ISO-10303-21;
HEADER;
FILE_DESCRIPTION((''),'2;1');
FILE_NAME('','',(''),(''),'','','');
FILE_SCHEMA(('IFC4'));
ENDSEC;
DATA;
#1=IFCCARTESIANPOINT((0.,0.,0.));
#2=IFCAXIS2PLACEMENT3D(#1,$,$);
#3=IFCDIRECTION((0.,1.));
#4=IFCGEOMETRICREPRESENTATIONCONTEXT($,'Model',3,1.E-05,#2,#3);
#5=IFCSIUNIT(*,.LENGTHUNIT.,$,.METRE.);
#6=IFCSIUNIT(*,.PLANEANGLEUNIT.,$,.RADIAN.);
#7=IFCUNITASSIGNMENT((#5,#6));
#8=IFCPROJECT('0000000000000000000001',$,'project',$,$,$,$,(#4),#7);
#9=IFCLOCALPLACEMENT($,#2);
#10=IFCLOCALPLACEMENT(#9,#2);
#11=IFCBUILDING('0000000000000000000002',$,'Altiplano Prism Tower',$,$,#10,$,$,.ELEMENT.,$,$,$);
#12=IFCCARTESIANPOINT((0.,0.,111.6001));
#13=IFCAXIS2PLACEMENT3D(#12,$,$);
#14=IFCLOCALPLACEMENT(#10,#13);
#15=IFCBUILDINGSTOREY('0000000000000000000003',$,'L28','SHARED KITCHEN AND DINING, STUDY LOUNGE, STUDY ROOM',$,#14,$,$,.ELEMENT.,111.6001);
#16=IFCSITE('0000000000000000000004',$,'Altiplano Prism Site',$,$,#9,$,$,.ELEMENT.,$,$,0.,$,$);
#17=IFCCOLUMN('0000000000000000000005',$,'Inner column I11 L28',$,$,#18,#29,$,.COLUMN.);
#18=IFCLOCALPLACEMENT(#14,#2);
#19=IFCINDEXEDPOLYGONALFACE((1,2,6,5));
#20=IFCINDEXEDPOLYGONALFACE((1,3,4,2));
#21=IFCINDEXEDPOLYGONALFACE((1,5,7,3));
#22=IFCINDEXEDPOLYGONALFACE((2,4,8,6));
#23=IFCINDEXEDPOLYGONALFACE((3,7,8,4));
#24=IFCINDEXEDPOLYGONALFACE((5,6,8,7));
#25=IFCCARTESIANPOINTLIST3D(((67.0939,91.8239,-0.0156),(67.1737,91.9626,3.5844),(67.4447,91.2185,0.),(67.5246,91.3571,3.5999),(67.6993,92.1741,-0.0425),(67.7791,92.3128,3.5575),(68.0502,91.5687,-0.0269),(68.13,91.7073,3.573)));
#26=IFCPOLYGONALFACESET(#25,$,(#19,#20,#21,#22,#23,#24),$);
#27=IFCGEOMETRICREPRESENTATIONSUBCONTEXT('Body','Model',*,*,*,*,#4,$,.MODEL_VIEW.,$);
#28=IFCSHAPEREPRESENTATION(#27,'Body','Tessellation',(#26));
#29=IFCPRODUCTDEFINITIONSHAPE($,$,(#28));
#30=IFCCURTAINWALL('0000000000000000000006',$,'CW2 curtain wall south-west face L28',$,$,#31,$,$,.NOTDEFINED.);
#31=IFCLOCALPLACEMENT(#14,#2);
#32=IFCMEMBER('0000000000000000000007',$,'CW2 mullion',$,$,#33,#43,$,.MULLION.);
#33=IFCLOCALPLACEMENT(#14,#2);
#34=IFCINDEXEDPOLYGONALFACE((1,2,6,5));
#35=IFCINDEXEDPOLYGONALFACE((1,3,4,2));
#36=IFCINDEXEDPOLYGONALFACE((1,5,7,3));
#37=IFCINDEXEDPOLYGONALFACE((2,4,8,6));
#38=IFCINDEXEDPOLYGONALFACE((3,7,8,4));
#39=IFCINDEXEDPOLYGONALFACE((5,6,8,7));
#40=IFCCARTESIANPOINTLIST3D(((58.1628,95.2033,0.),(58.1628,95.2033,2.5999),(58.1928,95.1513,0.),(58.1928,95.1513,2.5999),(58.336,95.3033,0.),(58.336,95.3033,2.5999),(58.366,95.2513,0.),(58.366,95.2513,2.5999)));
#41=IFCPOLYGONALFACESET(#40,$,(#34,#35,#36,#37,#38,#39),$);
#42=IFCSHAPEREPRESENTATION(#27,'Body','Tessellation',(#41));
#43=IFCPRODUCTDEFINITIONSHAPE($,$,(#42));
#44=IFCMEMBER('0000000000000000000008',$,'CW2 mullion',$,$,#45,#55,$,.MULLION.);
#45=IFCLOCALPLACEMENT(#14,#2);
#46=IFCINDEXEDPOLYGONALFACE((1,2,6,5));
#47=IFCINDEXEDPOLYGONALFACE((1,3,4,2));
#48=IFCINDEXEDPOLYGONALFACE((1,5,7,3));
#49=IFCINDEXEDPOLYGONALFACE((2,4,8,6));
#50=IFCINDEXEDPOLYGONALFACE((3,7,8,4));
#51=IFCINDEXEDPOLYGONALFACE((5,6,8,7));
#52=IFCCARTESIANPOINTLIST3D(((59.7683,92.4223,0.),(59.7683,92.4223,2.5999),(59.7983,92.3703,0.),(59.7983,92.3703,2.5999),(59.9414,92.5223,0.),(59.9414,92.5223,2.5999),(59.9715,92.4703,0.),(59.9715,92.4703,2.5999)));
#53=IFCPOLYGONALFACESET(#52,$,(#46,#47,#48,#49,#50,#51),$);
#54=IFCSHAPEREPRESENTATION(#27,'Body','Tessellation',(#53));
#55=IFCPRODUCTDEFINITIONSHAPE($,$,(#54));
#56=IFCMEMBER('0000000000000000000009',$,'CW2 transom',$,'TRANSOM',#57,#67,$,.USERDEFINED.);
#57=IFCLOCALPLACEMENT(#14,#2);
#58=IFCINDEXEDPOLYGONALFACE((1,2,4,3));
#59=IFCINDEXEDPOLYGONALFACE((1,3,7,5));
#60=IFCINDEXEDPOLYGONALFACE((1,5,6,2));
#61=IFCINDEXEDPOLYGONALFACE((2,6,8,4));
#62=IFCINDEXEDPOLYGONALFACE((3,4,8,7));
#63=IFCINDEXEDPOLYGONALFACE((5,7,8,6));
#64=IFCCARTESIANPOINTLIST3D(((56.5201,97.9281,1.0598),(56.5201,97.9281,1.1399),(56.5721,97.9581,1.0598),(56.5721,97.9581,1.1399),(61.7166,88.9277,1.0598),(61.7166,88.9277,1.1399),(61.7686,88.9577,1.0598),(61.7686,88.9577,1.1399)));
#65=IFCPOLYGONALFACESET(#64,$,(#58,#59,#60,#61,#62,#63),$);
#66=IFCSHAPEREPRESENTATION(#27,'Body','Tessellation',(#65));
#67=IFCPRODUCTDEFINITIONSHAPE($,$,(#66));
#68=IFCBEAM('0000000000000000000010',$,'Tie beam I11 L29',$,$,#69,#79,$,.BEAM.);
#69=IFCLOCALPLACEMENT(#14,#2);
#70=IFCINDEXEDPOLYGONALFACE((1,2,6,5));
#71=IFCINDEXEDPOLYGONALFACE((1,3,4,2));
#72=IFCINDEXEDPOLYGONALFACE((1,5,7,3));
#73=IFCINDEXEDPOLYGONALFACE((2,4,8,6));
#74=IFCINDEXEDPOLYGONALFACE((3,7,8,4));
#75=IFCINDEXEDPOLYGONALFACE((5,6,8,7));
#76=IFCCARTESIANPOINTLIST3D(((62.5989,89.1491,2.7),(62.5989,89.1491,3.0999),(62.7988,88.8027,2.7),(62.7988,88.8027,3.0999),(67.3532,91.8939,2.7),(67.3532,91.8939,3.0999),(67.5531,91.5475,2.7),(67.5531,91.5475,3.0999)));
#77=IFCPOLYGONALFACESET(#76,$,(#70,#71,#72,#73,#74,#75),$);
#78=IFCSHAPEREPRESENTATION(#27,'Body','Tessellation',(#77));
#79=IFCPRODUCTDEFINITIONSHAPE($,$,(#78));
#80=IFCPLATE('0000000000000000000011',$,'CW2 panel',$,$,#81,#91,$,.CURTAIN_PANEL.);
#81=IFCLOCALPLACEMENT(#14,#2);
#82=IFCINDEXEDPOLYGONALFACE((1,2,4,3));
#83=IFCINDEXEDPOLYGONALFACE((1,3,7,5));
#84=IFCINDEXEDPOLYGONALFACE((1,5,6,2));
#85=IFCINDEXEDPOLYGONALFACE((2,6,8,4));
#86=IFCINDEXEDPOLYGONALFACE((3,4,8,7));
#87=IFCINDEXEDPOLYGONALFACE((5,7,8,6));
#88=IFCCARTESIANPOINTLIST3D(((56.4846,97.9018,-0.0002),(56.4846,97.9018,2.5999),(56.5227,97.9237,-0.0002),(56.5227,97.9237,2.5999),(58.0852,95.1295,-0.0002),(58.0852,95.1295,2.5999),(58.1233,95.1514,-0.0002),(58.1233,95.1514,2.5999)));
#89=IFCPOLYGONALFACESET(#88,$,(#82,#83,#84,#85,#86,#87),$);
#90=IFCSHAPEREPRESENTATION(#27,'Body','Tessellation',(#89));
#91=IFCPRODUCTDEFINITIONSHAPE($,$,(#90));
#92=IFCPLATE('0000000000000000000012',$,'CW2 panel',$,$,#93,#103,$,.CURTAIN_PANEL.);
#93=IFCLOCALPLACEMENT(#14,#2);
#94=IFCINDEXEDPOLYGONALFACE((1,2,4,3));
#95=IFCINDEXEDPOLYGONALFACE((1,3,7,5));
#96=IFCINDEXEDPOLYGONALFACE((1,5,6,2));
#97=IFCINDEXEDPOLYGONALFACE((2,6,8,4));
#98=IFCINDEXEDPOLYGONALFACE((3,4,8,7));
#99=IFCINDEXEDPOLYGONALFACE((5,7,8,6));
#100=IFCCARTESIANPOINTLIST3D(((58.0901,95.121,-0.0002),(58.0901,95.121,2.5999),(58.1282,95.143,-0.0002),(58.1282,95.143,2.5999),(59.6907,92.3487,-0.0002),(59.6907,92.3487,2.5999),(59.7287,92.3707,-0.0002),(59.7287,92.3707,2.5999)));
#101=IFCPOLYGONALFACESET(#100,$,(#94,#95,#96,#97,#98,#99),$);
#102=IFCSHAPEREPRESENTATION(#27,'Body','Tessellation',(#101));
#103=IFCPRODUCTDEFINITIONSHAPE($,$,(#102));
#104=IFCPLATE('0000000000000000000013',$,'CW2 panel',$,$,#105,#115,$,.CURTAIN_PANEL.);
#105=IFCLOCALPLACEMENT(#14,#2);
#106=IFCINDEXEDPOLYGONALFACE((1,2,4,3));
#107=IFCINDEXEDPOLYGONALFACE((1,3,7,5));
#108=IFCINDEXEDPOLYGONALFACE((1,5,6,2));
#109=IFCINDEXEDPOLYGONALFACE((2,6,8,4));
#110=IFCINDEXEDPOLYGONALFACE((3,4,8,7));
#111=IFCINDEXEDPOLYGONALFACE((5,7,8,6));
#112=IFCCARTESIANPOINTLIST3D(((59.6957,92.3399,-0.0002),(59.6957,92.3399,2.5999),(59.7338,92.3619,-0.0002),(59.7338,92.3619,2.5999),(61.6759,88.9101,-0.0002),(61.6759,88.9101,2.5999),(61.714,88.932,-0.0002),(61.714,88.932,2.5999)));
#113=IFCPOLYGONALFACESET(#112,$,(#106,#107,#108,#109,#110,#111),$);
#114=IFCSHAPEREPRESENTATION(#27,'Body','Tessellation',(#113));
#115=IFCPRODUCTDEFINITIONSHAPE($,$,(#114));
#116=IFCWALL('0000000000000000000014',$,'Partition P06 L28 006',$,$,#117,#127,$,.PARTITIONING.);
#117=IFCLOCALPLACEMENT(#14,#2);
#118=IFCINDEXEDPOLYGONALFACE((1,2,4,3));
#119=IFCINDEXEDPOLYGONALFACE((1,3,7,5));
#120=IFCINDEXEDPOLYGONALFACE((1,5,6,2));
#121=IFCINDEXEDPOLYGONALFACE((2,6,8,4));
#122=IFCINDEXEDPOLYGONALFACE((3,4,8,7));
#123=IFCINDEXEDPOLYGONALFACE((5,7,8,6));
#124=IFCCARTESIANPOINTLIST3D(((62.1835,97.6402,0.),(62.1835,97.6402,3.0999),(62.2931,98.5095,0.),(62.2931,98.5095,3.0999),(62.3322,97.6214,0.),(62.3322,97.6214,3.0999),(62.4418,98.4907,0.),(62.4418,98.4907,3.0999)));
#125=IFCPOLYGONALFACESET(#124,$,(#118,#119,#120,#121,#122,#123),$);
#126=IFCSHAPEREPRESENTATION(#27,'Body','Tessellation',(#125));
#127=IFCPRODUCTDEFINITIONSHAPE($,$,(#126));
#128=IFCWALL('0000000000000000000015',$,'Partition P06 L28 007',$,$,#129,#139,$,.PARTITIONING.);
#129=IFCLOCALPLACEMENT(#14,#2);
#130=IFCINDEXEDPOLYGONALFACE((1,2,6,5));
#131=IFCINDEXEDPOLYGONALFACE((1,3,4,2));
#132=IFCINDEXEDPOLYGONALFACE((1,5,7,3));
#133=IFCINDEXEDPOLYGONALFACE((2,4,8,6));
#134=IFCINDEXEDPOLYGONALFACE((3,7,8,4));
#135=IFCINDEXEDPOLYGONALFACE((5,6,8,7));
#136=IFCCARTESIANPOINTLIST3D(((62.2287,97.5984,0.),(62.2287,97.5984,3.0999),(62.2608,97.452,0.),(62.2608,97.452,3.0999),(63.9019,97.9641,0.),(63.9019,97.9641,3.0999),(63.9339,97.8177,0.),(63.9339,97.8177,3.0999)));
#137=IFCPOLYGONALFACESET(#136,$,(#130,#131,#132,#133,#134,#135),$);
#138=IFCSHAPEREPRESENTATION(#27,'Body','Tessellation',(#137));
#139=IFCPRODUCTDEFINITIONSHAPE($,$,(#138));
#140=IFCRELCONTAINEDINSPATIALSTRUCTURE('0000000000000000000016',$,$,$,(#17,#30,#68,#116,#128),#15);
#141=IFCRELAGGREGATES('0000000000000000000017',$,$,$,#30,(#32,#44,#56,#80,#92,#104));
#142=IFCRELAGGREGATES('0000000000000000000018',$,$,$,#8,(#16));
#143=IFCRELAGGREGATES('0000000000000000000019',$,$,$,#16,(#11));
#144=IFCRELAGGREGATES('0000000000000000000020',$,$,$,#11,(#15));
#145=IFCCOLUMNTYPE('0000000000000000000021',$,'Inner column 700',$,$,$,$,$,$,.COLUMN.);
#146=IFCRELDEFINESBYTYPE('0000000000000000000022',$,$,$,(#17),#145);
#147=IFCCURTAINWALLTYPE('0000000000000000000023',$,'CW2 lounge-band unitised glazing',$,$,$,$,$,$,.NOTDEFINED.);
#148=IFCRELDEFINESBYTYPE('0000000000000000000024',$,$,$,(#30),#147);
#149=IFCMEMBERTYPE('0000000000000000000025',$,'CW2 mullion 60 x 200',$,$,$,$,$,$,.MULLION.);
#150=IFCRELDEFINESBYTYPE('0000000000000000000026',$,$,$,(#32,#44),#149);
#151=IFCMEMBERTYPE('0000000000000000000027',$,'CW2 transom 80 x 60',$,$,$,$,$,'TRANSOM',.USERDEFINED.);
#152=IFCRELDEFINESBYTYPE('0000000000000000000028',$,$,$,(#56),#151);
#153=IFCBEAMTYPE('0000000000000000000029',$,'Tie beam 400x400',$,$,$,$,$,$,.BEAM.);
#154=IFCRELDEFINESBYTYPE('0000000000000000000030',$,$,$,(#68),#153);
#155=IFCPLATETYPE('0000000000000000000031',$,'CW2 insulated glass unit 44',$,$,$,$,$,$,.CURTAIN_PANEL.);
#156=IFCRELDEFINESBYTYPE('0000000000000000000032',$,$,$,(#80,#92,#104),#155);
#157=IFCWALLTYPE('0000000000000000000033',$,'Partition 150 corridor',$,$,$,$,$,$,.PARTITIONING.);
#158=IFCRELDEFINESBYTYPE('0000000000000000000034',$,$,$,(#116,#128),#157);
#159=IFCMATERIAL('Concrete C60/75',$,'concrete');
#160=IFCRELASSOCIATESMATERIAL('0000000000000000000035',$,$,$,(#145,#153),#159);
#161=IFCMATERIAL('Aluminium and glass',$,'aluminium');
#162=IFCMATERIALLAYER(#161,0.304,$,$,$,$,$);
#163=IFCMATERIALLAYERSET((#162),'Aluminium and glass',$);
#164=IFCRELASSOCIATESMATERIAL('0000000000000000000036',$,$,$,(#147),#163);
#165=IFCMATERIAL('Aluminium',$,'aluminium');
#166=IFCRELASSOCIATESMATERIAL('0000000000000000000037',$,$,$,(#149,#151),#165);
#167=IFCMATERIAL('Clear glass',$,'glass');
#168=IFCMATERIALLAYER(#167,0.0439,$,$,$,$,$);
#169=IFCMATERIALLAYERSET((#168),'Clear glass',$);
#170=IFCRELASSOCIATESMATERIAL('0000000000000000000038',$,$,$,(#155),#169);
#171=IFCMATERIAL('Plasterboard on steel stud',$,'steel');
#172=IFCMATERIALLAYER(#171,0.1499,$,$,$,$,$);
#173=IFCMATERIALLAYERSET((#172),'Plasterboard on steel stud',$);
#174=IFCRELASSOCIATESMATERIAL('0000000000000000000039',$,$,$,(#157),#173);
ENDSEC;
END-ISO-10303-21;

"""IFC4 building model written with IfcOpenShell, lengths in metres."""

from ifc_helpers import new_model, si_unit, direction, frame, frame_2d, origin, origin_2d, place, context, subcontext, project, spatial, rectangle, extrude, material, layer, layer_set, material_profile, profile_set, type_object, element, aggregate, save


model = new_model("IFC4")

# Units and contexts
model_context = context("Model", 3, precision=1e-05, world=origin(), true_north=direction((0.0, 1.0)))
body_context = subcontext(model_context, "Body", "Model", "MODEL_VIEW")
ifc_project = project(units=[si_unit("LENGTHUNIT", "METRE"), si_unit("PLANEANGLEUNIT", "RADIAN")], contexts=[model_context])

# Site, building, storey
site_placement = place(None, origin())
site = spatial("IfcSite", under=ifc_project, at=site_placement, Name="Altiplano Prism Site", CompositionType="ELEMENT", RefElevation=0.0)
building_placement = place(site_placement, origin())
building = spatial("IfcBuilding", under=site, at=building_placement, Name="Altiplano Prism Tower", CompositionType="ELEMENT")
storey_placement = place(building_placement, frame((0.0, 0.0, 111.6001)))
storey = spatial("IfcBuildingStorey", under=building, at=storey_placement, Name="L28", Description="SHARED KITCHEN AND DINING, STUDY LOUNGE, STUDY ROOM", CompositionType="ELEMENT", Elevation=111.6001)

# Column
ifc_material_1 = material(Name="Concrete C60/75", Category="concrete")
ifc_material_profile_1 = material_profile(ifc_material_1, rectangle(XDim=0.7, YDim=0.7, at=origin_2d()), Name="Inner column 700")
ifc_profile_set_1 = profile_set([ifc_material_profile_1], Name="Concrete C60/75")
column_type = type_object("IfcColumnType", Name="Inner column 700", PredefinedType="COLUMN", material=ifc_profile_set_1)
column_placement = place(storey_placement, frame((67.572, 91.6963, -0.0212), z_axis=(0.022155, 0.038484, 0.999014), x_axis=(-0.86498, -0.500331, 0.038456)))
element("IfcColumn", 1, at=column_placement, inside=storey, type_object=column_type, Name="Inner column I11 L28", PredefinedType="COLUMN", context=body_context, shape_type="SweptSolid", body=[
    extrude(rectangle(XDim=0.7, YDim=0.7, at=origin_2d()), origin(), (0.0, 0.0, 1.0), 3.6035),
])

# Curtain wall, members
ifc_material_2 = material(Name="Aluminium and glass", Category="aluminium")
ifc_layer_1 = layer(ifc_material_2, 0.304)
ifc_layer_set_1 = layer_set([ifc_layer_1], Name="Aluminium and glass")
curtain_wall_type = type_object("IfcCurtainWallType", Name="CW2 lounge-band unitised glazing", PredefinedType="NOTDEFINED", material=ifc_layer_set_1)
curtain_wall_placement = place(storey_placement, origin())
curtain_wall = element("IfcCurtainWall", 2, at=curtain_wall_placement, inside=storey, type_object=curtain_wall_type, Name="CW2 curtain wall south-west face L28", PredefinedType="NOTDEFINED")
ifc_material_3 = material(Name="Aluminium", Category="aluminium")
ifc_material_profile_2 = material_profile(ifc_material_3, rectangle(XDim=0.2, YDim=0.0601, at=origin_2d()), Name="CW2 mullion 60 x 200")
ifc_profile_set_2 = profile_set([ifc_material_profile_2], Name="Aluminium")
member_type_1 = type_object("IfcMemberType", Name="CW2 mullion 60 x 200", PredefinedType="MULLION", material=ifc_profile_set_2)
member_1_placement = place(storey_placement, frame((58.2644, 95.2273, 0.0), z_axis=(0.0, 0.0, 1.0), x_axis=(0.866025, 0.5, 0.0)))
member_1 = element("IfcMember", 3, at=member_1_placement, type_object=member_type_1, Name="CW2 mullion", PredefinedType="MULLION", context=body_context, shape_type="SweptSolid", body=[
    extrude(rectangle(XDim=0.2, YDim=0.0601, at=origin_2d()), origin(), (0.0, 0.0, 1.0), 2.5999),
])
member_2_placement = place(storey_placement, frame((59.8699, 92.4463, 0.0), z_axis=(0.0, 0.0, 1.0), x_axis=(0.866025, 0.5, 0.0)))
member_2 = element("IfcMember", 4, at=member_2_placement, type_object=member_type_1, Name="CW2 mullion", PredefinedType="MULLION", context=body_context, shape_type="SweptSolid", body=[
    extrude(rectangle(XDim=0.2, YDim=0.0601, at=origin_2d()), origin(), (0.0, 0.0, 1.0), 2.5999),
])
ifc_material_profile_3 = material_profile(ifc_material_3, rectangle(XDim=0.0601, YDim=0.0801, at=origin_2d()), Name="CW2 transom 80 x 60")
ifc_profile_set_3 = profile_set([ifc_material_profile_3], Name="Aluminium")
member_type_2 = type_object("IfcMemberType", Name="CW2 transom 80 x 60", ElementType="TRANSOM", PredefinedType="USERDEFINED", material=ifc_profile_set_3)
member_3_placement = place(storey_placement, frame((56.5461, 97.9431, 1.0999), z_axis=(0.500007, -0.866021, 0.0), x_axis=(0.866021, 0.500007, 0.0)))
member_3 = element("IfcMember", 5, at=member_3_placement, type_object=member_type_2, Name="CW2 transom", ObjectType="TRANSOM", PredefinedType="USERDEFINED", context=body_context, shape_type="SweptSolid", body=[
    extrude(rectangle(XDim=0.0601, YDim=0.0801, at=origin_2d()), origin(), (0.0, 0.0, 1.0), 10.3928),
])

# Beam
ifc_material_profile_4 = material_profile(ifc_material_1, rectangle(XDim=0.3999, YDim=0.3999, at=origin_2d()), Name="Tie beam 400x400")
ifc_profile_set_4 = profile_set([ifc_material_profile_4], Name="Concrete C60/75")
beam_type = type_object("IfcBeamType", Name="Tie beam 400x400", PredefinedType="BEAM", material=ifc_profile_set_4)
beam_placement = place(storey_placement, frame((67.4531, 91.7207, 2.8999), z_axis=(-0.866032, -0.499989, 0.0), x_axis=(0.499989, -0.866032, 0.0)))
element("IfcBeam", 6, at=beam_placement, inside=storey, type_object=beam_type, Name="Tie beam I11 L29", PredefinedType="BEAM", context=body_context, shape_type="SweptSolid", body=[
    extrude(rectangle(XDim=0.3999, YDim=0.3999, at=origin_2d()), origin(), (0.0, 0.0, 1.0), 5.4897),
])

# Plates
ifc_material_4 = material(Name="Clear glass", Category="glass")
ifc_layer_2 = layer(ifc_material_4, 0.0439)
ifc_layer_set_2 = layer_set([ifc_layer_2], Name="Clear glass")
plate_type = type_object("IfcPlateType", Name="CW2 insulated glass unit 44", PredefinedType="CURTAIN_PANEL", material=ifc_layer_set_2)
plate_1_placement = place(storey_placement, frame((57.304, 96.5266, -0.0002), z_axis=(0.0, 0.0, 1.0), x_axis=(0.5, -0.866025, 0.0)))
plate_1 = element("IfcPlate", 7, at=plate_1_placement, type_object=plate_type, Name="CW2 panel", PredefinedType="CURTAIN_PANEL", context=body_context, shape_type="SweptSolid", body=[
    extrude(rectangle(XDim=3.2012, YDim=0.0439, at=origin_2d()), origin(), (0.0, 0.0, 1.0), 2.6001),
])
plate_2_placement = place(storey_placement, frame((58.9094, 93.7458, -0.0002), z_axis=(0.0, 0.0, 1.0), x_axis=(0.5, -0.866025, 0.0)))
plate_2 = element("IfcPlate", 8, at=plate_2_placement, type_object=plate_type, Name="CW2 panel", PredefinedType="CURTAIN_PANEL", context=body_context, shape_type="SweptSolid", body=[
    extrude(rectangle(XDim=3.2012, YDim=0.0439, at=origin_2d()), origin(), (0.0, 0.0, 1.0), 2.6001),
])
plate_3_placement = place(storey_placement, frame((60.7048, 90.636, -0.0002), z_axis=(0.0, 0.0, 1.0), x_axis=(0.5, -0.866025, 0.0)))
plate_3 = element("IfcPlate", 9, at=plate_3_placement, type_object=plate_type, Name="CW2 panel", PredefinedType="CURTAIN_PANEL", context=body_context, shape_type="SweptSolid", body=[
    extrude(rectangle(XDim=3.9604, YDim=0.0439, at=origin_2d()), origin(), (0.0, 0.0, 1.0), 2.6001),
])
aggregate(curtain_wall, [member_1, member_2, member_3, plate_1, plate_2, plate_3])

# Walls
ifc_material_5 = material(Name="Plasterboard on steel stud", Category="steel")
ifc_layer_3 = layer(ifc_material_5, 0.1499)
ifc_layer_set_3 = layer_set([ifc_layer_3], Name="Plasterboard on steel stud")
wall_type = type_object("IfcWallType", Name="Partition 150 corridor", PredefinedType="PARTITIONING", material=ifc_layer_set_3)
wall_1_placement = place(storey_placement, frame((62.3674, 98.5, 0.0), z_axis=(0.0, 0.0, 1.0), x_axis=(-0.125098, -0.992144, 0.0)))
element("IfcWall", 10, at=wall_1_placement, inside=storey, type_object=wall_type, Name="Partition P06 L28 006", PredefinedType="PARTITIONING", context=body_context, shape_type="SweptSolid", body=[
    extrude(rectangle(XDim=0.8762, YDim=0.1499, at=frame_2d((0.438, 0.0))), origin(), (0.0, 0.0, 1.0), 3.0999),
])
wall_2_placement = place(storey_placement, frame((62.2446, 97.5251, 0.0), z_axis=(0.0, 0.0, 1.0), x_axis=(0.976933, 0.213548, 0.0)))
element("IfcWall", 11, at=wall_2_placement, inside=storey, type_object=wall_type, Name="Partition P06 L28 007", PredefinedType="PARTITIONING", context=body_context, shape_type="SweptSolid", body=[
    extrude(rectangle(XDim=1.7126, YDim=0.1499, at=frame_2d((0.8564, 0.0))), origin(), (0.0, 0.0, 1.0), 3.0999),
])

save(model, "model.ifc")
